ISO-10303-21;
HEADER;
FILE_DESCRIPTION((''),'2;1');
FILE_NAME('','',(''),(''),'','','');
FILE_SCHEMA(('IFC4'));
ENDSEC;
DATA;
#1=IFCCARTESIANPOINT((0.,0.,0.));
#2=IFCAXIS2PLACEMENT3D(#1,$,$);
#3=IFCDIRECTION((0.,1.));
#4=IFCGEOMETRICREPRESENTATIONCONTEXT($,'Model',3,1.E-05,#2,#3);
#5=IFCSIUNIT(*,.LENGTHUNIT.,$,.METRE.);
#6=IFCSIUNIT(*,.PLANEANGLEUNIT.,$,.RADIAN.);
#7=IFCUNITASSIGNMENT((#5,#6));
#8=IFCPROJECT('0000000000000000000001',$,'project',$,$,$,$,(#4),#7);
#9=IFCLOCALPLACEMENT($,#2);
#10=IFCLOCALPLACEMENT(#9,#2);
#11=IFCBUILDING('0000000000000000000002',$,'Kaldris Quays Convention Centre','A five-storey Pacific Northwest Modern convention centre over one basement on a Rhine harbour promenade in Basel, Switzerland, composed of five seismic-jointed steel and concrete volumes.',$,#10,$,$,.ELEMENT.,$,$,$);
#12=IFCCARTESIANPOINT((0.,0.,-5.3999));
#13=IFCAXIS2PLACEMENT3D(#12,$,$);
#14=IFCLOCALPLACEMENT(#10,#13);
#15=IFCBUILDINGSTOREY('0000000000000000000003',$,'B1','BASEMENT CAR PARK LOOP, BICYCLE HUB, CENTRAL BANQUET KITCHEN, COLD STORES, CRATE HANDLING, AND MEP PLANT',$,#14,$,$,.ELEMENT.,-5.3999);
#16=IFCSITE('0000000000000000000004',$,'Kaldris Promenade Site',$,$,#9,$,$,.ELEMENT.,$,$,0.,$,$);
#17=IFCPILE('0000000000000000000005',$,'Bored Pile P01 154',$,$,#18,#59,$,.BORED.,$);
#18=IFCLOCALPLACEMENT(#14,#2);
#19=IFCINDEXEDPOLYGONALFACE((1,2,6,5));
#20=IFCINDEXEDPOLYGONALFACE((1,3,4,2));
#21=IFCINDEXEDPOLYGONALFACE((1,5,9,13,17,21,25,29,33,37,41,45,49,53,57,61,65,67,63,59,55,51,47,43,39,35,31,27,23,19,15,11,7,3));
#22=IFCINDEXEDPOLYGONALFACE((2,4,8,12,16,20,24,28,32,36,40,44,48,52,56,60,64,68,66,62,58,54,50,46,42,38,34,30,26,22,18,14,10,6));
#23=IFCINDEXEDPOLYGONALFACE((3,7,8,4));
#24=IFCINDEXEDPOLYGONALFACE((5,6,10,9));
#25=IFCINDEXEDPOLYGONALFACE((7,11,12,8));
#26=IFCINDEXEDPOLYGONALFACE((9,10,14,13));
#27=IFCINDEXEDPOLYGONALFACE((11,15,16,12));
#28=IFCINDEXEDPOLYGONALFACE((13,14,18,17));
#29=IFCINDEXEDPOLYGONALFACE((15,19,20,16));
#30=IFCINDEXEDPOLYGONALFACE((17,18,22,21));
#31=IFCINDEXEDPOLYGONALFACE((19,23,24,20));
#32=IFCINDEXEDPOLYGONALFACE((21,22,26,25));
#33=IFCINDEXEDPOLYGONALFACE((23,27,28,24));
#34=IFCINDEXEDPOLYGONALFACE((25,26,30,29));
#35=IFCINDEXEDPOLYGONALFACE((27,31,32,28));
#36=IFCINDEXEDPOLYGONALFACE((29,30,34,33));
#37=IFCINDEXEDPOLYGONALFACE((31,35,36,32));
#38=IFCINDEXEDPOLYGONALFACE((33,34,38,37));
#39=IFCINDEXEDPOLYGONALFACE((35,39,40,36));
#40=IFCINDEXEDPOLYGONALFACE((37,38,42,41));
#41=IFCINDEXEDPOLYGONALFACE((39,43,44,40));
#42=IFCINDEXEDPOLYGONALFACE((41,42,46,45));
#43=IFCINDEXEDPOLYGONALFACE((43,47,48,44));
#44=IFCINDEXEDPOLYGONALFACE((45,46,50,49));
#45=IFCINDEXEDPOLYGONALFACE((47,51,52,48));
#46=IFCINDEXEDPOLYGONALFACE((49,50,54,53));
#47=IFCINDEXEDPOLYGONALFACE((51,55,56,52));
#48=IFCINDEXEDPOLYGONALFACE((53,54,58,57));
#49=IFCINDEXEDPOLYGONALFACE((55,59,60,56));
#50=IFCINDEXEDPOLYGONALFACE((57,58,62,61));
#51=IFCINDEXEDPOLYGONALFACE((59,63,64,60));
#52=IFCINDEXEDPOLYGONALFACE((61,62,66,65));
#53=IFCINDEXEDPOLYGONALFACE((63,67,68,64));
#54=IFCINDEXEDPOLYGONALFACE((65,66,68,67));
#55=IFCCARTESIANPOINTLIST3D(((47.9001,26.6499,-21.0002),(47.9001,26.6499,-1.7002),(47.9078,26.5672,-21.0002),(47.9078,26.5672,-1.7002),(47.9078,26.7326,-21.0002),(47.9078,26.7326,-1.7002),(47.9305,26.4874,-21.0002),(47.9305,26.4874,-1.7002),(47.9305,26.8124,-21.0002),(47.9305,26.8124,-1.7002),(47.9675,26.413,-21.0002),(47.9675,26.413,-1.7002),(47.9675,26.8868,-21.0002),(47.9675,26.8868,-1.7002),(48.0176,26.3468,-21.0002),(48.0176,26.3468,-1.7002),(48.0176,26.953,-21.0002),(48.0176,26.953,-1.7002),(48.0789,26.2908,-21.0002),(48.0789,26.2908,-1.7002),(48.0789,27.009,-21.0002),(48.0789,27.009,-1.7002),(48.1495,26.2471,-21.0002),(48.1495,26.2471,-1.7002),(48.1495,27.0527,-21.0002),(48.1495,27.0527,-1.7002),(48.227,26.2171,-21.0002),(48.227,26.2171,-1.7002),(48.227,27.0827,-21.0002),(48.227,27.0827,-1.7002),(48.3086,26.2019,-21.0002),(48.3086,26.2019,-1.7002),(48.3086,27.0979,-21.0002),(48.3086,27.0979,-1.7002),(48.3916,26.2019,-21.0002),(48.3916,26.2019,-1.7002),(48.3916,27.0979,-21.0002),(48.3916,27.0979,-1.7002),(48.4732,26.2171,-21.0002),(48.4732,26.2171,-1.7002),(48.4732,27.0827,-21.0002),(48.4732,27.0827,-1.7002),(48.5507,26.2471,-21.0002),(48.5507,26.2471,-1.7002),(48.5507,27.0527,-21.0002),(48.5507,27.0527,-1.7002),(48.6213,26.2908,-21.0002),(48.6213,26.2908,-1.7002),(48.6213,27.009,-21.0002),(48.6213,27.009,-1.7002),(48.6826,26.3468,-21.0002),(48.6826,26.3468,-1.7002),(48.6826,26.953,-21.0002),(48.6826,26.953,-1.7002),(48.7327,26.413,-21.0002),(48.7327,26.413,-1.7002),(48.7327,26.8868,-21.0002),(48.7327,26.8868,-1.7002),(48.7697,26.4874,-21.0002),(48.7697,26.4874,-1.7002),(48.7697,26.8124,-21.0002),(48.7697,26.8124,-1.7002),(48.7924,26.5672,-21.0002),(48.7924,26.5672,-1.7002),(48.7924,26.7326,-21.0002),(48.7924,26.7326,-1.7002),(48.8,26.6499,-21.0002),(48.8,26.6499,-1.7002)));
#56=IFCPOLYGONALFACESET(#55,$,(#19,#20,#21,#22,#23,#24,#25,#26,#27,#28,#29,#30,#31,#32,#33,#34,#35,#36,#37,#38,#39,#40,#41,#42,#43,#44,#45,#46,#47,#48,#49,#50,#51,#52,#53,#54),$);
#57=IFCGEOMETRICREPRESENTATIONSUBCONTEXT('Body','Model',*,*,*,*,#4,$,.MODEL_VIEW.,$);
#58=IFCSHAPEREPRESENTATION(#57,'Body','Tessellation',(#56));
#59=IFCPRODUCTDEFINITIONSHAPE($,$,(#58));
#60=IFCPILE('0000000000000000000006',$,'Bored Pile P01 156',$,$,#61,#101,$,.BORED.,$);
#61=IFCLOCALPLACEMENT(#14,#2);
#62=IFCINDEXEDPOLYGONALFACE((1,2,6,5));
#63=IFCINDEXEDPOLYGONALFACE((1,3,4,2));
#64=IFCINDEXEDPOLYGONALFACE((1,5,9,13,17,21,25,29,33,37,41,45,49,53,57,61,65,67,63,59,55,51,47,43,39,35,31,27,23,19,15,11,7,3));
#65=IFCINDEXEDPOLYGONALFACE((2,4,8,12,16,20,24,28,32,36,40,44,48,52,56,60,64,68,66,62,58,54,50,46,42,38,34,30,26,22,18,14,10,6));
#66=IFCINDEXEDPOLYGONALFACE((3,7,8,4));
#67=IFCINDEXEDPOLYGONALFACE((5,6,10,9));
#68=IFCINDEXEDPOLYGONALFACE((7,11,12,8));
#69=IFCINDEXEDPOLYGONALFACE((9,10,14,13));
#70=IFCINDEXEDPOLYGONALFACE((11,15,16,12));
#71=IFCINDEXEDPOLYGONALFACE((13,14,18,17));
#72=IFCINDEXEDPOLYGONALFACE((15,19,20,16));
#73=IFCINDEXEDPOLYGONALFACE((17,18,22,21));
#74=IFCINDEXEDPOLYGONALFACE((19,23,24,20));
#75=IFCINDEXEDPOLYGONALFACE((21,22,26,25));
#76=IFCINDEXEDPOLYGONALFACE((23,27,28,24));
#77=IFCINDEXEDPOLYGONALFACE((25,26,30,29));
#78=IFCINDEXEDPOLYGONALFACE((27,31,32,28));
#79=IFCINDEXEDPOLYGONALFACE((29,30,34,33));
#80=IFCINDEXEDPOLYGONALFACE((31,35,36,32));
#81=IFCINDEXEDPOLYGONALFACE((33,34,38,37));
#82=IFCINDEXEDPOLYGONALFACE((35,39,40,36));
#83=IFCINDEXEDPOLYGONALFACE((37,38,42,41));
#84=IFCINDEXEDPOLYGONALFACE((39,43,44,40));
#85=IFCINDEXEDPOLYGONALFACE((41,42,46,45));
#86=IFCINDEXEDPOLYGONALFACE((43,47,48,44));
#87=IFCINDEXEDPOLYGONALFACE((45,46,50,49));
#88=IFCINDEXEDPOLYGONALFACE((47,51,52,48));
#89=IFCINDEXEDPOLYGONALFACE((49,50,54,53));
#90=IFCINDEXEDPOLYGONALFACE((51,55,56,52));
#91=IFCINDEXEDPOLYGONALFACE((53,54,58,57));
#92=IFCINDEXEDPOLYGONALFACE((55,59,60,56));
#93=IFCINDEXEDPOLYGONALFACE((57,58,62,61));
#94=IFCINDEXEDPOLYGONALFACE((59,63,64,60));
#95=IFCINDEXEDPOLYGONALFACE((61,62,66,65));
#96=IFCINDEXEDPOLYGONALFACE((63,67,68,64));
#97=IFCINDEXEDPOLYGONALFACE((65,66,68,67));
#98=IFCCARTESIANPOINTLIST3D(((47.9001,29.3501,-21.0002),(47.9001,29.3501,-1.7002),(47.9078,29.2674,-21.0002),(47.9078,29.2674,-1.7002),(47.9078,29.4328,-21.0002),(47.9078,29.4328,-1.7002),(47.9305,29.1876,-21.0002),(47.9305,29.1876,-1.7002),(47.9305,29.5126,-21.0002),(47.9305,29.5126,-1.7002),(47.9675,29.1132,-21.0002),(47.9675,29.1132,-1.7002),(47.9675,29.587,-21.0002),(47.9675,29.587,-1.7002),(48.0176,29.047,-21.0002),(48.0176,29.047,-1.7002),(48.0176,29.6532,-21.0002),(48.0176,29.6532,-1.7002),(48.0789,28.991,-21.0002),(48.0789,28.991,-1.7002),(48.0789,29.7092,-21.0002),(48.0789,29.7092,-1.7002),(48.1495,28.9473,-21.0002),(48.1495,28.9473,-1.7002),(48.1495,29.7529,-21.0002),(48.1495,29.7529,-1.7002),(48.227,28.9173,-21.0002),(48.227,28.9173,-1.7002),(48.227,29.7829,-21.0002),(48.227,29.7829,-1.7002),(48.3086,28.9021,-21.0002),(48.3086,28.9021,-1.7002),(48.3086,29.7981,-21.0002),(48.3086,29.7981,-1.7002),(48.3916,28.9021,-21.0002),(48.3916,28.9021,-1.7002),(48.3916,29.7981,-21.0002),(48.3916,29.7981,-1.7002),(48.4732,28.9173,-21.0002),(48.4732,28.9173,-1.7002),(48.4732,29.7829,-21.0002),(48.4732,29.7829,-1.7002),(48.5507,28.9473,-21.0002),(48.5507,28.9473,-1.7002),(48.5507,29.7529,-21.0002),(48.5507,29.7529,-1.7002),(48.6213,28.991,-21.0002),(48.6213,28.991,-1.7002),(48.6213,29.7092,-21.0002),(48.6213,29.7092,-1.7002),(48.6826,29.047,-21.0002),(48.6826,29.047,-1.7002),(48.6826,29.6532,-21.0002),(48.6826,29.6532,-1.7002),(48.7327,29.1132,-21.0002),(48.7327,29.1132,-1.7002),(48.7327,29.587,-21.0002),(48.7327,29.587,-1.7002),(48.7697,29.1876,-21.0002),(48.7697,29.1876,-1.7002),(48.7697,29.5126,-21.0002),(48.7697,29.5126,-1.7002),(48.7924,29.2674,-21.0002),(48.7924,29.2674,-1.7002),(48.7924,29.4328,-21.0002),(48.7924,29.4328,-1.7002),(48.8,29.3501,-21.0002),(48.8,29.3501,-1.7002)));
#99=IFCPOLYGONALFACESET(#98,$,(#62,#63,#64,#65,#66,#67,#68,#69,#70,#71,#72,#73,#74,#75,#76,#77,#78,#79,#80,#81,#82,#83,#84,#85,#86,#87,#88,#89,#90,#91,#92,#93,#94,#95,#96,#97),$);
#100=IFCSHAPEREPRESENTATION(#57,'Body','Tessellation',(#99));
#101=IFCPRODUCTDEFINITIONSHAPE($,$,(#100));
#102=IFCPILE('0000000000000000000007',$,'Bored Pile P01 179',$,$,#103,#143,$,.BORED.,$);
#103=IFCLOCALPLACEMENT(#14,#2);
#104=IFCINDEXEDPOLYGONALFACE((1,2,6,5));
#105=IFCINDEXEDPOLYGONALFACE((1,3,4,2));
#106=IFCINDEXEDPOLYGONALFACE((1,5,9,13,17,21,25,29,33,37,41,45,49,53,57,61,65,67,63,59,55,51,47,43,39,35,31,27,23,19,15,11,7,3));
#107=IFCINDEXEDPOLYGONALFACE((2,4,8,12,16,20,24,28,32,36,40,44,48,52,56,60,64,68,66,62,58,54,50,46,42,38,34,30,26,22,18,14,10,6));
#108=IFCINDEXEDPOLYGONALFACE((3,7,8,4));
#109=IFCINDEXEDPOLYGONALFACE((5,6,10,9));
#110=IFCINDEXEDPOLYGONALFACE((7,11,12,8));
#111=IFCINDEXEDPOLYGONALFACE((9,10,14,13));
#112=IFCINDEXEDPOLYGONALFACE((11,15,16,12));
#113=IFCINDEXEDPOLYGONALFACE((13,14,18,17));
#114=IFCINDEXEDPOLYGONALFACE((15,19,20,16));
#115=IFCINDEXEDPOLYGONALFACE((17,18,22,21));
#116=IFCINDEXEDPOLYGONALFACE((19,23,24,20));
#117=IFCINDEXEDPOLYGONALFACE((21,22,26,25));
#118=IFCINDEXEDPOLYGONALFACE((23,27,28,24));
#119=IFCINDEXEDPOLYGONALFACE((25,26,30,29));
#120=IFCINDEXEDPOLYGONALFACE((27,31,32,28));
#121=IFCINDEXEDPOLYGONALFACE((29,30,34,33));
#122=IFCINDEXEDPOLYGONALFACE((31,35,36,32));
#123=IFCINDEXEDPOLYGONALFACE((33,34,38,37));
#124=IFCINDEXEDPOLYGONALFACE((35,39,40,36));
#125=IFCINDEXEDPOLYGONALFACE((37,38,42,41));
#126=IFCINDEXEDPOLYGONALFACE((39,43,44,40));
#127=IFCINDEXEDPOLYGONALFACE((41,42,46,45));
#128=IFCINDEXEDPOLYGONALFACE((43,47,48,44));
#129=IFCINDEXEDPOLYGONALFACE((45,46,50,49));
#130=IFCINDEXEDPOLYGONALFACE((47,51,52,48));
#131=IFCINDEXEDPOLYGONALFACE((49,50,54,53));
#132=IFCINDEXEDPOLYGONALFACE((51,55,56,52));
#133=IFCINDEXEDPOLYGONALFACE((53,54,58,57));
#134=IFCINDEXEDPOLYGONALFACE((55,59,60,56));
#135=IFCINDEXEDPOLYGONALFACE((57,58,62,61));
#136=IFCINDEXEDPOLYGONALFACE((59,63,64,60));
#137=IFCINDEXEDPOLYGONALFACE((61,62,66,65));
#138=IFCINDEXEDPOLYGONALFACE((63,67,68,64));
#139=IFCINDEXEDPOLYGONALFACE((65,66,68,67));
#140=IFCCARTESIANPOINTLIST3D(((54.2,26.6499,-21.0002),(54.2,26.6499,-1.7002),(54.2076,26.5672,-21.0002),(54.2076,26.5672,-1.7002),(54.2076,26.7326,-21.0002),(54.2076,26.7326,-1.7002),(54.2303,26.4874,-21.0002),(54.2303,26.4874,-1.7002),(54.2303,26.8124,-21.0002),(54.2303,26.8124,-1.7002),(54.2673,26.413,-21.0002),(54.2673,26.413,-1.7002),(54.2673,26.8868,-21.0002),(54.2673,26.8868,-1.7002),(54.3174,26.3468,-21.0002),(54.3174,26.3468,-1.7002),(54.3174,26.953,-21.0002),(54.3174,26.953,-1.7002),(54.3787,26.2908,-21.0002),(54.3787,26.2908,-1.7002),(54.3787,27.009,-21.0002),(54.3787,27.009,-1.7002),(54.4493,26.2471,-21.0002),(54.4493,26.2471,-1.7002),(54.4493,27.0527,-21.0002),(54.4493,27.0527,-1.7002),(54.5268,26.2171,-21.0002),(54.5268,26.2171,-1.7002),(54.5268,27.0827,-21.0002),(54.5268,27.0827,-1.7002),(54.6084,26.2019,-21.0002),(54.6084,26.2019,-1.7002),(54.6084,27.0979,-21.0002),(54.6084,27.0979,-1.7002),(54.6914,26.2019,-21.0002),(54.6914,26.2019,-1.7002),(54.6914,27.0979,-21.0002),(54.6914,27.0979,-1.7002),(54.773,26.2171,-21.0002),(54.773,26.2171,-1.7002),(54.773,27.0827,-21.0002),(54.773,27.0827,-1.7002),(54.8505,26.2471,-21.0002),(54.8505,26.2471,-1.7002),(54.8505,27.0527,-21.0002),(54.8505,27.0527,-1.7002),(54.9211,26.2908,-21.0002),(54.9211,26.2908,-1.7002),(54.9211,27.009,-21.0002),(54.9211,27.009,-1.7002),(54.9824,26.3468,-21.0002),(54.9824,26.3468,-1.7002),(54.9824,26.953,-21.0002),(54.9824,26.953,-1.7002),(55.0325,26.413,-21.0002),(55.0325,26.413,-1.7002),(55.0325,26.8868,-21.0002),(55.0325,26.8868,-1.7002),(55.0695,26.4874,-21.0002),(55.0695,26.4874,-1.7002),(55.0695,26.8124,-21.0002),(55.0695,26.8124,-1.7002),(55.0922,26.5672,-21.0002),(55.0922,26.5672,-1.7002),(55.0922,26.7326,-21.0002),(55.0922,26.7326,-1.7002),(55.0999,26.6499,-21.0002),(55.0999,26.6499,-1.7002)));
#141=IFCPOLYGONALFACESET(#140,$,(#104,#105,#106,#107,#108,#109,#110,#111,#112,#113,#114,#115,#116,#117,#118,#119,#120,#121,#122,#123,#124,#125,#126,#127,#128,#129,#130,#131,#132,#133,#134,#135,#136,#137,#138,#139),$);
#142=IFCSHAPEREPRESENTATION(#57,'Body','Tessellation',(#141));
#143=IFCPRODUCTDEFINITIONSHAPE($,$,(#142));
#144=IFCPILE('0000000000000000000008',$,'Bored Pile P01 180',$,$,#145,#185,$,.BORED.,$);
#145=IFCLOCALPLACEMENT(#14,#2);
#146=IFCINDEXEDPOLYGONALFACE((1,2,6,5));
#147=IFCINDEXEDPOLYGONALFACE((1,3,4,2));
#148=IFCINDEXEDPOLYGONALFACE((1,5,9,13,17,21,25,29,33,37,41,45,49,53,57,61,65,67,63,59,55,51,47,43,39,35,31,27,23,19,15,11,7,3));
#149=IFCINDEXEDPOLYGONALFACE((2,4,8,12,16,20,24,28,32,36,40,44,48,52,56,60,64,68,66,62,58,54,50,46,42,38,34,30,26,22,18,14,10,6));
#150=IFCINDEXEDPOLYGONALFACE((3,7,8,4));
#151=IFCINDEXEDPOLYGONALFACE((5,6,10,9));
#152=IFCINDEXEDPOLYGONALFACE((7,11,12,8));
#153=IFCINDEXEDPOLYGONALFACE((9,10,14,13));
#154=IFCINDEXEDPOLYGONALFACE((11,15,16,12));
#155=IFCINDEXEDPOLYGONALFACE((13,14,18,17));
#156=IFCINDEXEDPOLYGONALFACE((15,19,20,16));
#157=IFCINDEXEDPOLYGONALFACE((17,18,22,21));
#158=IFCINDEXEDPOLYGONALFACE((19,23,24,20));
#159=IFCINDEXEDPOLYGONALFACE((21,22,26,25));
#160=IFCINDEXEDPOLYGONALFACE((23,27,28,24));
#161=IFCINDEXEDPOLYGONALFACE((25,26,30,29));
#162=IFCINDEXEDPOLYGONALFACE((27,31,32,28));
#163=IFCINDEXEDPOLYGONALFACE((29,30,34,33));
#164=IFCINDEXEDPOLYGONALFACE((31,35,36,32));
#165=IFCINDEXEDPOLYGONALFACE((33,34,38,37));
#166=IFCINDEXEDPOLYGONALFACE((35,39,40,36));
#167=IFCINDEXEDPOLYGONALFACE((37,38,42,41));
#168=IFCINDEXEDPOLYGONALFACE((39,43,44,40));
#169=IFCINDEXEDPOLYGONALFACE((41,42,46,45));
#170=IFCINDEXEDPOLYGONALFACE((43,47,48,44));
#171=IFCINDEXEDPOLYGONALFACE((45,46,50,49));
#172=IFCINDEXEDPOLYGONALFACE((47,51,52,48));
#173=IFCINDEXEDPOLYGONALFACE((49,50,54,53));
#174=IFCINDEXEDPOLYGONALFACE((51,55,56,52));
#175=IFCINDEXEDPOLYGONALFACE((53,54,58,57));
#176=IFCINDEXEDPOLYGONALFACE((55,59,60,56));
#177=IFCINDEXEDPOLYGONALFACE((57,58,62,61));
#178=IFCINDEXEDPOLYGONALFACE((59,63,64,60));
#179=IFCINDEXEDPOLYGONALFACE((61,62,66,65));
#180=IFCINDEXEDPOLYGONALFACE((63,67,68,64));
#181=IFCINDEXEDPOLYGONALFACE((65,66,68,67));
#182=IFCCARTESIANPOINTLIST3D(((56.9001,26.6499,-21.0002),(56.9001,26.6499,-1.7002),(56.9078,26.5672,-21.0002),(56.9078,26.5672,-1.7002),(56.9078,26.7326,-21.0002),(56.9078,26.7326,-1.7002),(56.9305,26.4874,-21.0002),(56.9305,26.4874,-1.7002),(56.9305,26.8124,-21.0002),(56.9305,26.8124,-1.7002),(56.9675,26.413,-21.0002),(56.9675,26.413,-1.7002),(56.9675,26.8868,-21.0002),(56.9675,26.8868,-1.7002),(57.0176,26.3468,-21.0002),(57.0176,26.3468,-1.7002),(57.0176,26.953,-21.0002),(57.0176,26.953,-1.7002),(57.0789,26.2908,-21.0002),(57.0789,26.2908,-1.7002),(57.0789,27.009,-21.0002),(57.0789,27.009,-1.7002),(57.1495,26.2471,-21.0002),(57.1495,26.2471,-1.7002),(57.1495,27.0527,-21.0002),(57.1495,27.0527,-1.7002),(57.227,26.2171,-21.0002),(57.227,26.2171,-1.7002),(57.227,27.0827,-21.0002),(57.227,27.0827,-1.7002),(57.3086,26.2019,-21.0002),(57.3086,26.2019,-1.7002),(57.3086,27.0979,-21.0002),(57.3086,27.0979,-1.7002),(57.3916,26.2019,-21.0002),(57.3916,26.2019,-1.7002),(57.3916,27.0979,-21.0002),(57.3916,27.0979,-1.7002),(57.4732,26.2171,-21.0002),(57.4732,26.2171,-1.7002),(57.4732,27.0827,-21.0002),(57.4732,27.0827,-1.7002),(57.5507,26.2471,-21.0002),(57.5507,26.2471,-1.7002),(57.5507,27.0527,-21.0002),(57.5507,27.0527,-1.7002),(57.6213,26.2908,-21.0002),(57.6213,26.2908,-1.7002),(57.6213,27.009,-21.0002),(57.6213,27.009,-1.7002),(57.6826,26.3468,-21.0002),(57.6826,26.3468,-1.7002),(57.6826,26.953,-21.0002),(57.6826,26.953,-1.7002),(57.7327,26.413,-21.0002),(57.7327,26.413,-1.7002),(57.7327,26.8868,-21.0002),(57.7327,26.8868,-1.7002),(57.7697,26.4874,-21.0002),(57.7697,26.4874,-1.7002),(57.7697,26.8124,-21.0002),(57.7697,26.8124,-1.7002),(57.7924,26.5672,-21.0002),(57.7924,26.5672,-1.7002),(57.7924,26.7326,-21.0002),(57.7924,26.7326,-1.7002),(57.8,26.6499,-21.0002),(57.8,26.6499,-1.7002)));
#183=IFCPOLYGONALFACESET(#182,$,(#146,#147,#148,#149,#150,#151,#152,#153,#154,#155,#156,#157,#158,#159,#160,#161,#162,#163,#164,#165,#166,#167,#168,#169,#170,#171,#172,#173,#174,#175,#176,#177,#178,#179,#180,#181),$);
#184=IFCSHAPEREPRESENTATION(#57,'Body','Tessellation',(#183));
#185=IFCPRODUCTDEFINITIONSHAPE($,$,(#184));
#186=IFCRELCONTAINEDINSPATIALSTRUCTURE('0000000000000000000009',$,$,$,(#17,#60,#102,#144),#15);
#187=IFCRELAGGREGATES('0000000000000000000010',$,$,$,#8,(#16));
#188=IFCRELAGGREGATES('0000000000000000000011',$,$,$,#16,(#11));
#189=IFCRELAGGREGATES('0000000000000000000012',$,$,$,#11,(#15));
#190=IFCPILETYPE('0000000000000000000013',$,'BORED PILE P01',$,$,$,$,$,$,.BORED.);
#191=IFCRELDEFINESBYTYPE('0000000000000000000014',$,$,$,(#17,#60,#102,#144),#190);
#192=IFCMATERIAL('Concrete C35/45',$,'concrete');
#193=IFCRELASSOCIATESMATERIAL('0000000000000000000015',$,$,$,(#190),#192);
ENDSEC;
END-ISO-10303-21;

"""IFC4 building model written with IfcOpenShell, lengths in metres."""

from ifc_helpers import new_model, si_unit, direction, frame, origin, origin_2d, place, context, subcontext, project, spatial, circle, extrude, material, material_profile, profile_set, type_object, element, save


model = new_model("IFC4")

# Units and contexts
model_context = context("Model", 3, precision=1e-05, world=origin(), true_north=direction((0.0, 1.0)))
body_context = subcontext(model_context, "Body", "Model", "MODEL_VIEW")
ifc_project = project(units=[si_unit("LENGTHUNIT", "METRE"), si_unit("PLANEANGLEUNIT", "RADIAN")], contexts=[model_context])

# Site, building, storey
site_placement = place(None, origin())
site = spatial("IfcSite", under=ifc_project, at=site_placement, Name="Kaldris Promenade Site", CompositionType="ELEMENT", RefElevation=0.0)
building_placement = place(site_placement, origin())
building = spatial("IfcBuilding", under=site, at=building_placement, Name="Kaldris Quays Convention Centre", Description="A five-storey Pacific Northwest Modern convention centre over one basement on a Rhine harbour promenade in Basel, Switzerland, composed of five seismic-jointed steel and concrete volumes.", CompositionType="ELEMENT")
storey_placement = place(building_placement, frame((0.0, 0.0, -5.3999)))
storey = spatial("IfcBuildingStorey", under=building, at=storey_placement, Name="B1", Description="BASEMENT CAR PARK LOOP, BICYCLE HUB, CENTRAL BANQUET KITCHEN, COLD STORES, CRATE HANDLING, AND MEP PLANT", CompositionType="ELEMENT", Elevation=-5.3999)

# Piles
ifc_material_1 = material(Name="Concrete C35/45", Category="concrete")
ifc_material_profile_1 = material_profile(ifc_material_1, circle(Radius=0.45, at=origin_2d()), Name="BORED PILE D900")
ifc_profile_set_1 = profile_set([ifc_material_profile_1], Name="Concrete C35/45")
pile_type = type_object("IfcPileType", Name="BORED PILE P01", PredefinedType="BORED", material=ifc_profile_set_1)
for number, where, z_axis, x_axis, name in (
    (1, (48.3501, 26.6499, -1.7002), (0.0, 0.0, -1.0), (1.0, 0.0, 0.0), "Bored Pile P01 154"),
    (2, (48.3501, 29.3501, -1.7002), (0.0, 0.0, -1.0), (1.0, 0.0, 0.0), "Bored Pile P01 156"),
    (3, (54.6499, 26.6499, -1.7002), (0.0, 0.0, -1.0), (1.0, 0.0, 0.0), "Bored Pile P01 179"),
    (4, (57.3501, 26.6499, -1.7002), (0.0, 0.0, -1.0), (1.0, 0.0, 0.0), "Bored Pile P01 180"),
):
    element("IfcPile", number, at=place(storey_placement, frame(where, z_axis=z_axis, x_axis=x_axis)), inside=storey, type_object=pile_type, Name=name, PredefinedType="BORED", context=body_context, shape_type="SweptSolid", body=[
        extrude(circle(Radius=0.45, at=origin_2d()), origin(), (0.0, 0.0, 1.0), 19.3),
    ])

save(model, "model.ifc")
